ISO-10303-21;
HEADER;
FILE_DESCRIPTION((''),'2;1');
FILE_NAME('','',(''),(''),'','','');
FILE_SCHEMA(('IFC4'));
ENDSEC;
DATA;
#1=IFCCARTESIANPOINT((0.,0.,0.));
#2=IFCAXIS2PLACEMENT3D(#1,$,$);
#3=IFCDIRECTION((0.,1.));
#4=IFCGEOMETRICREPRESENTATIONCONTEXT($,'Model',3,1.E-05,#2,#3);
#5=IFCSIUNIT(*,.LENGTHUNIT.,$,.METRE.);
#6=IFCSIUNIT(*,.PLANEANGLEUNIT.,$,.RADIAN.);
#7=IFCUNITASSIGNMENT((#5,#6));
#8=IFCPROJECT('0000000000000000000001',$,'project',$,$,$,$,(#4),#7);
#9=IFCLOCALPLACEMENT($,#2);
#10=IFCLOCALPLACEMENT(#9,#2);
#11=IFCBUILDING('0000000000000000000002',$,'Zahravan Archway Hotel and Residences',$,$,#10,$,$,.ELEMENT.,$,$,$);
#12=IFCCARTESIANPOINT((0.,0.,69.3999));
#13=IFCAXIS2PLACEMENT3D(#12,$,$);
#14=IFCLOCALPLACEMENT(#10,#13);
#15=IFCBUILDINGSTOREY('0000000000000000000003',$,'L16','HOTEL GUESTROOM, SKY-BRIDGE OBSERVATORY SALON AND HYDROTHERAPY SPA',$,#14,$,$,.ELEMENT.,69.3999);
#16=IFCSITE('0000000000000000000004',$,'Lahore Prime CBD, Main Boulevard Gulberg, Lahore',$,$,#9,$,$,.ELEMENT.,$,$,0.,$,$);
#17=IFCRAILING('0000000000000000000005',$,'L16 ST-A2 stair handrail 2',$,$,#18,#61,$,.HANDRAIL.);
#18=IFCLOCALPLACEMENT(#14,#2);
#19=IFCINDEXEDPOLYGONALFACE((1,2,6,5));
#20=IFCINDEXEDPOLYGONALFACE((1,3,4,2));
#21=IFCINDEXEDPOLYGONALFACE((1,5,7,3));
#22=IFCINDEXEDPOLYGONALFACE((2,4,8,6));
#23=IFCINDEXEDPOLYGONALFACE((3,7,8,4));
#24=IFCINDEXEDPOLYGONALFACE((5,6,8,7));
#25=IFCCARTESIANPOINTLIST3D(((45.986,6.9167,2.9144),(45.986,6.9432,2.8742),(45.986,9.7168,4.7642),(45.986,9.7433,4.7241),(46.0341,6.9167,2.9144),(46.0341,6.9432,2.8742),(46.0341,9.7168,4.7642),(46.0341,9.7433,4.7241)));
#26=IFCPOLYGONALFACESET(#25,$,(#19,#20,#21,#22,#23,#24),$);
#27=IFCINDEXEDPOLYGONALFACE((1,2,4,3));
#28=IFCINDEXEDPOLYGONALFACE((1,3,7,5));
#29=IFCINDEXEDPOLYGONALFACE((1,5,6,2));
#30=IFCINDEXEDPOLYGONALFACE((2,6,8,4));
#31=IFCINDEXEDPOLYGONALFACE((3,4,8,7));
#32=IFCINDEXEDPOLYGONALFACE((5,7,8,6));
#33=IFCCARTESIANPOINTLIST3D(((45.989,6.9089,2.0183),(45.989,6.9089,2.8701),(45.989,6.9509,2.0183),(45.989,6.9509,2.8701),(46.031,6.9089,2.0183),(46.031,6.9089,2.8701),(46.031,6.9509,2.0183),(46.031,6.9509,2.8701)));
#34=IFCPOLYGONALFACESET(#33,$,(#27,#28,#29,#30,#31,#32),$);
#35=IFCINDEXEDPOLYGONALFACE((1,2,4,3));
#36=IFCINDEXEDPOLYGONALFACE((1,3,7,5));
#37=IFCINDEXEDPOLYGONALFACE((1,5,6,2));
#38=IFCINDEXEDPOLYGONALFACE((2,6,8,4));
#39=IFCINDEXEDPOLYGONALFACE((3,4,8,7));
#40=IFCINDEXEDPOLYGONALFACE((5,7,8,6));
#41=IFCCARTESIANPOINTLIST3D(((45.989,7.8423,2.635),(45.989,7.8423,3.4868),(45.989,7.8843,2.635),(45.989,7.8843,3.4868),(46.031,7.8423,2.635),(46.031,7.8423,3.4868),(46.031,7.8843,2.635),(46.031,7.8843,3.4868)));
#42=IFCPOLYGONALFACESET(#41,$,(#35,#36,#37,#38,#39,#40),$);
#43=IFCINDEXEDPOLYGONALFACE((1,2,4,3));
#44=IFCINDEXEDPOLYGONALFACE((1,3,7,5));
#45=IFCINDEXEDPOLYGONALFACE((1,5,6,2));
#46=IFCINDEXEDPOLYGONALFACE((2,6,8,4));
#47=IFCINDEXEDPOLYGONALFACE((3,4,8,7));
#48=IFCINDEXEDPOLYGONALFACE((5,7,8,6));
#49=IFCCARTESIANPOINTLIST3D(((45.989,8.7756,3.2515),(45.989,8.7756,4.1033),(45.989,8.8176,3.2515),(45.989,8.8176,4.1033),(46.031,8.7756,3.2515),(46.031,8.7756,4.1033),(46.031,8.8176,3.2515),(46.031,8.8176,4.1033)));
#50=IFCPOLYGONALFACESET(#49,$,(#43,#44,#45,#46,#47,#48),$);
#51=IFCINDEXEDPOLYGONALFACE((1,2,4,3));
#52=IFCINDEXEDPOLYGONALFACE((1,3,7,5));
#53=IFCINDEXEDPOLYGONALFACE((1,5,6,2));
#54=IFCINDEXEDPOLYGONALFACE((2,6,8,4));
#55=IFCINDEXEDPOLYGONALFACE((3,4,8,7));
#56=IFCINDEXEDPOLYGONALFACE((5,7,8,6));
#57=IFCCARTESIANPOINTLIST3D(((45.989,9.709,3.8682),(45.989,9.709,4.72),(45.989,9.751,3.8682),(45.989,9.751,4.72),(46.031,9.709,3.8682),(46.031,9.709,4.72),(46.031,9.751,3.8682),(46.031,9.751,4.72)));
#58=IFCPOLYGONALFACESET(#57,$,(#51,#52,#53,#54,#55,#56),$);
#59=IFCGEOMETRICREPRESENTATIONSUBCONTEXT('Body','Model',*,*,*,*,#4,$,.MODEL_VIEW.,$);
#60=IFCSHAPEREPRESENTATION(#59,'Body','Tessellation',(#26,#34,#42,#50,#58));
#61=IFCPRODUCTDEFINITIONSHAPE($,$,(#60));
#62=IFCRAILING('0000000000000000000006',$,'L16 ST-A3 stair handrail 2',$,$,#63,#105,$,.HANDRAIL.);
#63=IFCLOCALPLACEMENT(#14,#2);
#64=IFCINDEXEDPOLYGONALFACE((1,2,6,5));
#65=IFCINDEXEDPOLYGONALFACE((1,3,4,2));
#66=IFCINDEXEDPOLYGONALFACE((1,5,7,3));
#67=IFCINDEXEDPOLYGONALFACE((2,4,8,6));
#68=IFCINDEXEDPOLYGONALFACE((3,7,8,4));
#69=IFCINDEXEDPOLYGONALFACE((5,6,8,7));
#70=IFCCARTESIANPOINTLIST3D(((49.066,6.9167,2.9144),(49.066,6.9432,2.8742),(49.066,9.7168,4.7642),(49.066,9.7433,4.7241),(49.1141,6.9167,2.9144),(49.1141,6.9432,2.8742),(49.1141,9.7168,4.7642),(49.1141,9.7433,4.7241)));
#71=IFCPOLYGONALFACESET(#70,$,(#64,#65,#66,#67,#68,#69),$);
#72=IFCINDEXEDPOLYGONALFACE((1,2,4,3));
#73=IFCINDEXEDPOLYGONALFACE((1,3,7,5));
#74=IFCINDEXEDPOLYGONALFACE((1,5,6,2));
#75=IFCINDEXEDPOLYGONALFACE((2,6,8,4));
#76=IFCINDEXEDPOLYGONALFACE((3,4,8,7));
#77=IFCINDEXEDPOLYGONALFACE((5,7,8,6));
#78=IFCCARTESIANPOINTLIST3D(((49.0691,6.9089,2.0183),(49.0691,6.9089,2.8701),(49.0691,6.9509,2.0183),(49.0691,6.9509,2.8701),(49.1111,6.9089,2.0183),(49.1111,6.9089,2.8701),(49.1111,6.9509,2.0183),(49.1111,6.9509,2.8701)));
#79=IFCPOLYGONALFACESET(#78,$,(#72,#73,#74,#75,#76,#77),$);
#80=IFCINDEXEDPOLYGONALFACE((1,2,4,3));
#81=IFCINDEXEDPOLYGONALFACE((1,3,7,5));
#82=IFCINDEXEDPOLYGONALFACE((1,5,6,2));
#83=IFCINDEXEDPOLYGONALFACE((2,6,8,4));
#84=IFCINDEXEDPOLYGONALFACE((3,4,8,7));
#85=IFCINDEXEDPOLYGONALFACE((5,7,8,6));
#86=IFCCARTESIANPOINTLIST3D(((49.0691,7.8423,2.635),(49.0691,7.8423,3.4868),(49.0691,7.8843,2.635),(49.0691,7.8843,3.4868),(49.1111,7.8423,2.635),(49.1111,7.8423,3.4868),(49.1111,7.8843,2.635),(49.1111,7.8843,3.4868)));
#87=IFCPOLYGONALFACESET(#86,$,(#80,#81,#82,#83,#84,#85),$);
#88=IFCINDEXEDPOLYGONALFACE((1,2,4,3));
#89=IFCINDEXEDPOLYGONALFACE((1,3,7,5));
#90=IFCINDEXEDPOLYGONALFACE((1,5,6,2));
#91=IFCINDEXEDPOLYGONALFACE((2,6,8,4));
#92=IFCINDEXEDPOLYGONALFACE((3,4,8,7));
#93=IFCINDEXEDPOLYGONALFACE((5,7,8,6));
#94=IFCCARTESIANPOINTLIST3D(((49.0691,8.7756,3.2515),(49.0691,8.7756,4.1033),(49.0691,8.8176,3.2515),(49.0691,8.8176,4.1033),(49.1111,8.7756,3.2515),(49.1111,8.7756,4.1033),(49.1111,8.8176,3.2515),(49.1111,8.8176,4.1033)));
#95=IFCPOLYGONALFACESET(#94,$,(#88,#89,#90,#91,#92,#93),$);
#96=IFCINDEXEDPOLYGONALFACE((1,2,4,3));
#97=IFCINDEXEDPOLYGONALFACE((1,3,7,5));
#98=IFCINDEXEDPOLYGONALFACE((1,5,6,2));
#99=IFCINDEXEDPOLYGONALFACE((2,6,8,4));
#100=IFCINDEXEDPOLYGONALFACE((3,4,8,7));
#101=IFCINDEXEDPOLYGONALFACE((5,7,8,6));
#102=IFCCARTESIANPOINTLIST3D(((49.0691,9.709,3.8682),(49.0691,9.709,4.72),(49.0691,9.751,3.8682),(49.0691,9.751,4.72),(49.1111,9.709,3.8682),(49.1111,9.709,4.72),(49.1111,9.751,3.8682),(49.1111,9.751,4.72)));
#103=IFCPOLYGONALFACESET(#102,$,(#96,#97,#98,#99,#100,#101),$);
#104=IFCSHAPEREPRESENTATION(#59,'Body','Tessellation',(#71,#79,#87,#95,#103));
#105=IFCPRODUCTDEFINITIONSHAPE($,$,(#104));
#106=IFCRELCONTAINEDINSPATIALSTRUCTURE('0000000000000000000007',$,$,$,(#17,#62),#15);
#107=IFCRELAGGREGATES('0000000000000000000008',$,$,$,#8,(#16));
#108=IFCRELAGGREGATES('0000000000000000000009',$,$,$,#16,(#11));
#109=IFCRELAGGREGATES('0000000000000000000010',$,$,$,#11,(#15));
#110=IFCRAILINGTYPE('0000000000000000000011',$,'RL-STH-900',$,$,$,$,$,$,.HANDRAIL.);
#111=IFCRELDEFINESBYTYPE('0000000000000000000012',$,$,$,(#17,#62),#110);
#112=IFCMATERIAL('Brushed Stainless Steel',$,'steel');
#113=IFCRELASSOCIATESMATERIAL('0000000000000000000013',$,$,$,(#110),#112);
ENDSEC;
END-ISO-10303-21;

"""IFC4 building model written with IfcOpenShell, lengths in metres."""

from ifc_helpers import new_model, si_unit, direction, frame, origin, origin_2d, place, context, subcontext, project, spatial, rectangle, extrude, material, type_object, element, save


model = new_model("IFC4")

# Units and contexts
model_context = context("Model", 3, precision=1e-05, world=origin(), true_north=direction((0.0, 1.0)))
body_context = subcontext(model_context, "Body", "Model", "MODEL_VIEW")
ifc_project = project(units=[si_unit("LENGTHUNIT", "METRE"), si_unit("PLANEANGLEUNIT", "RADIAN")], contexts=[model_context])

# Site, building, storey
site_placement = place(None, origin())
site = spatial("IfcSite", under=ifc_project, at=site_placement, Name="Lahore Prime CBD, Main Boulevard Gulberg, Lahore", CompositionType="ELEMENT", RefElevation=0.0)
building_placement = place(site_placement, origin())
building = spatial("IfcBuilding", under=site, at=building_placement, Name="Zahravan Archway Hotel and Residences", CompositionType="ELEMENT")
storey_placement = place(building_placement, frame((0.0, 0.0, 69.3999)))
storey = spatial("IfcBuildingStorey", under=building, at=storey_placement, Name="L16", Description="HOTEL GUESTROOM, SKY-BRIDGE OBSERVATORY SALON AND HYDROTHERAPY SPA", CompositionType="ELEMENT", Elevation=69.3999)

# Railings
ifc_material_1 = material(Name="Brushed Stainless Steel", Category="steel")
railing_type_1 = type_object("IfcRailingType", Name="RL-STH-900", PredefinedType="HANDRAIL", material=ifc_material_1)
for number, where, name in (
    (1, (46.01, 6.9299, 2.0183), "L16 ST-A2 stair handrail 2"),
    (2, (49.0901, 6.9299, 2.0183), "L16 ST-A3 stair handrail 2"),
):
    element("IfcRailing", number, at=place(storey_placement, frame(where)), inside=storey, type_object=railing_type_1, Name=name, PredefinedType="HANDRAIL", context=body_context, shape_type="SweptSolid", body=[
        extrude(rectangle(XDim=0.0481, YDim=0.0481, at=origin_2d()), frame((0.0, 0.0, 0.876), z_axis=(0.0, 0.83436, 0.55122), x_axis=(-1.0, 0.0, 0.0)), (0.0, 0.0, 1.0), 3.356),
        extrude(rectangle(XDim=0.042, YDim=0.042, at=origin_2d()), origin(), (0.0, 0.0, 1.0), 0.8518),
        extrude(rectangle(XDim=0.042, YDim=0.042, at=origin_2d()), frame((0.0, 0.9333, 0.6167)), (0.0, 0.0, 1.0), 0.8518),
        extrude(rectangle(XDim=0.042, YDim=0.042, at=origin_2d()), frame((0.0, 1.8667, 1.2332)), (0.0, 0.0, 1.0), 0.8518),
        extrude(rectangle(XDim=0.042, YDim=0.042, at=origin_2d()), frame((0.0, 2.8, 1.8499)), (0.0, 0.0, 1.0), 0.8518),
    ])

save(model, "model.ifc")
